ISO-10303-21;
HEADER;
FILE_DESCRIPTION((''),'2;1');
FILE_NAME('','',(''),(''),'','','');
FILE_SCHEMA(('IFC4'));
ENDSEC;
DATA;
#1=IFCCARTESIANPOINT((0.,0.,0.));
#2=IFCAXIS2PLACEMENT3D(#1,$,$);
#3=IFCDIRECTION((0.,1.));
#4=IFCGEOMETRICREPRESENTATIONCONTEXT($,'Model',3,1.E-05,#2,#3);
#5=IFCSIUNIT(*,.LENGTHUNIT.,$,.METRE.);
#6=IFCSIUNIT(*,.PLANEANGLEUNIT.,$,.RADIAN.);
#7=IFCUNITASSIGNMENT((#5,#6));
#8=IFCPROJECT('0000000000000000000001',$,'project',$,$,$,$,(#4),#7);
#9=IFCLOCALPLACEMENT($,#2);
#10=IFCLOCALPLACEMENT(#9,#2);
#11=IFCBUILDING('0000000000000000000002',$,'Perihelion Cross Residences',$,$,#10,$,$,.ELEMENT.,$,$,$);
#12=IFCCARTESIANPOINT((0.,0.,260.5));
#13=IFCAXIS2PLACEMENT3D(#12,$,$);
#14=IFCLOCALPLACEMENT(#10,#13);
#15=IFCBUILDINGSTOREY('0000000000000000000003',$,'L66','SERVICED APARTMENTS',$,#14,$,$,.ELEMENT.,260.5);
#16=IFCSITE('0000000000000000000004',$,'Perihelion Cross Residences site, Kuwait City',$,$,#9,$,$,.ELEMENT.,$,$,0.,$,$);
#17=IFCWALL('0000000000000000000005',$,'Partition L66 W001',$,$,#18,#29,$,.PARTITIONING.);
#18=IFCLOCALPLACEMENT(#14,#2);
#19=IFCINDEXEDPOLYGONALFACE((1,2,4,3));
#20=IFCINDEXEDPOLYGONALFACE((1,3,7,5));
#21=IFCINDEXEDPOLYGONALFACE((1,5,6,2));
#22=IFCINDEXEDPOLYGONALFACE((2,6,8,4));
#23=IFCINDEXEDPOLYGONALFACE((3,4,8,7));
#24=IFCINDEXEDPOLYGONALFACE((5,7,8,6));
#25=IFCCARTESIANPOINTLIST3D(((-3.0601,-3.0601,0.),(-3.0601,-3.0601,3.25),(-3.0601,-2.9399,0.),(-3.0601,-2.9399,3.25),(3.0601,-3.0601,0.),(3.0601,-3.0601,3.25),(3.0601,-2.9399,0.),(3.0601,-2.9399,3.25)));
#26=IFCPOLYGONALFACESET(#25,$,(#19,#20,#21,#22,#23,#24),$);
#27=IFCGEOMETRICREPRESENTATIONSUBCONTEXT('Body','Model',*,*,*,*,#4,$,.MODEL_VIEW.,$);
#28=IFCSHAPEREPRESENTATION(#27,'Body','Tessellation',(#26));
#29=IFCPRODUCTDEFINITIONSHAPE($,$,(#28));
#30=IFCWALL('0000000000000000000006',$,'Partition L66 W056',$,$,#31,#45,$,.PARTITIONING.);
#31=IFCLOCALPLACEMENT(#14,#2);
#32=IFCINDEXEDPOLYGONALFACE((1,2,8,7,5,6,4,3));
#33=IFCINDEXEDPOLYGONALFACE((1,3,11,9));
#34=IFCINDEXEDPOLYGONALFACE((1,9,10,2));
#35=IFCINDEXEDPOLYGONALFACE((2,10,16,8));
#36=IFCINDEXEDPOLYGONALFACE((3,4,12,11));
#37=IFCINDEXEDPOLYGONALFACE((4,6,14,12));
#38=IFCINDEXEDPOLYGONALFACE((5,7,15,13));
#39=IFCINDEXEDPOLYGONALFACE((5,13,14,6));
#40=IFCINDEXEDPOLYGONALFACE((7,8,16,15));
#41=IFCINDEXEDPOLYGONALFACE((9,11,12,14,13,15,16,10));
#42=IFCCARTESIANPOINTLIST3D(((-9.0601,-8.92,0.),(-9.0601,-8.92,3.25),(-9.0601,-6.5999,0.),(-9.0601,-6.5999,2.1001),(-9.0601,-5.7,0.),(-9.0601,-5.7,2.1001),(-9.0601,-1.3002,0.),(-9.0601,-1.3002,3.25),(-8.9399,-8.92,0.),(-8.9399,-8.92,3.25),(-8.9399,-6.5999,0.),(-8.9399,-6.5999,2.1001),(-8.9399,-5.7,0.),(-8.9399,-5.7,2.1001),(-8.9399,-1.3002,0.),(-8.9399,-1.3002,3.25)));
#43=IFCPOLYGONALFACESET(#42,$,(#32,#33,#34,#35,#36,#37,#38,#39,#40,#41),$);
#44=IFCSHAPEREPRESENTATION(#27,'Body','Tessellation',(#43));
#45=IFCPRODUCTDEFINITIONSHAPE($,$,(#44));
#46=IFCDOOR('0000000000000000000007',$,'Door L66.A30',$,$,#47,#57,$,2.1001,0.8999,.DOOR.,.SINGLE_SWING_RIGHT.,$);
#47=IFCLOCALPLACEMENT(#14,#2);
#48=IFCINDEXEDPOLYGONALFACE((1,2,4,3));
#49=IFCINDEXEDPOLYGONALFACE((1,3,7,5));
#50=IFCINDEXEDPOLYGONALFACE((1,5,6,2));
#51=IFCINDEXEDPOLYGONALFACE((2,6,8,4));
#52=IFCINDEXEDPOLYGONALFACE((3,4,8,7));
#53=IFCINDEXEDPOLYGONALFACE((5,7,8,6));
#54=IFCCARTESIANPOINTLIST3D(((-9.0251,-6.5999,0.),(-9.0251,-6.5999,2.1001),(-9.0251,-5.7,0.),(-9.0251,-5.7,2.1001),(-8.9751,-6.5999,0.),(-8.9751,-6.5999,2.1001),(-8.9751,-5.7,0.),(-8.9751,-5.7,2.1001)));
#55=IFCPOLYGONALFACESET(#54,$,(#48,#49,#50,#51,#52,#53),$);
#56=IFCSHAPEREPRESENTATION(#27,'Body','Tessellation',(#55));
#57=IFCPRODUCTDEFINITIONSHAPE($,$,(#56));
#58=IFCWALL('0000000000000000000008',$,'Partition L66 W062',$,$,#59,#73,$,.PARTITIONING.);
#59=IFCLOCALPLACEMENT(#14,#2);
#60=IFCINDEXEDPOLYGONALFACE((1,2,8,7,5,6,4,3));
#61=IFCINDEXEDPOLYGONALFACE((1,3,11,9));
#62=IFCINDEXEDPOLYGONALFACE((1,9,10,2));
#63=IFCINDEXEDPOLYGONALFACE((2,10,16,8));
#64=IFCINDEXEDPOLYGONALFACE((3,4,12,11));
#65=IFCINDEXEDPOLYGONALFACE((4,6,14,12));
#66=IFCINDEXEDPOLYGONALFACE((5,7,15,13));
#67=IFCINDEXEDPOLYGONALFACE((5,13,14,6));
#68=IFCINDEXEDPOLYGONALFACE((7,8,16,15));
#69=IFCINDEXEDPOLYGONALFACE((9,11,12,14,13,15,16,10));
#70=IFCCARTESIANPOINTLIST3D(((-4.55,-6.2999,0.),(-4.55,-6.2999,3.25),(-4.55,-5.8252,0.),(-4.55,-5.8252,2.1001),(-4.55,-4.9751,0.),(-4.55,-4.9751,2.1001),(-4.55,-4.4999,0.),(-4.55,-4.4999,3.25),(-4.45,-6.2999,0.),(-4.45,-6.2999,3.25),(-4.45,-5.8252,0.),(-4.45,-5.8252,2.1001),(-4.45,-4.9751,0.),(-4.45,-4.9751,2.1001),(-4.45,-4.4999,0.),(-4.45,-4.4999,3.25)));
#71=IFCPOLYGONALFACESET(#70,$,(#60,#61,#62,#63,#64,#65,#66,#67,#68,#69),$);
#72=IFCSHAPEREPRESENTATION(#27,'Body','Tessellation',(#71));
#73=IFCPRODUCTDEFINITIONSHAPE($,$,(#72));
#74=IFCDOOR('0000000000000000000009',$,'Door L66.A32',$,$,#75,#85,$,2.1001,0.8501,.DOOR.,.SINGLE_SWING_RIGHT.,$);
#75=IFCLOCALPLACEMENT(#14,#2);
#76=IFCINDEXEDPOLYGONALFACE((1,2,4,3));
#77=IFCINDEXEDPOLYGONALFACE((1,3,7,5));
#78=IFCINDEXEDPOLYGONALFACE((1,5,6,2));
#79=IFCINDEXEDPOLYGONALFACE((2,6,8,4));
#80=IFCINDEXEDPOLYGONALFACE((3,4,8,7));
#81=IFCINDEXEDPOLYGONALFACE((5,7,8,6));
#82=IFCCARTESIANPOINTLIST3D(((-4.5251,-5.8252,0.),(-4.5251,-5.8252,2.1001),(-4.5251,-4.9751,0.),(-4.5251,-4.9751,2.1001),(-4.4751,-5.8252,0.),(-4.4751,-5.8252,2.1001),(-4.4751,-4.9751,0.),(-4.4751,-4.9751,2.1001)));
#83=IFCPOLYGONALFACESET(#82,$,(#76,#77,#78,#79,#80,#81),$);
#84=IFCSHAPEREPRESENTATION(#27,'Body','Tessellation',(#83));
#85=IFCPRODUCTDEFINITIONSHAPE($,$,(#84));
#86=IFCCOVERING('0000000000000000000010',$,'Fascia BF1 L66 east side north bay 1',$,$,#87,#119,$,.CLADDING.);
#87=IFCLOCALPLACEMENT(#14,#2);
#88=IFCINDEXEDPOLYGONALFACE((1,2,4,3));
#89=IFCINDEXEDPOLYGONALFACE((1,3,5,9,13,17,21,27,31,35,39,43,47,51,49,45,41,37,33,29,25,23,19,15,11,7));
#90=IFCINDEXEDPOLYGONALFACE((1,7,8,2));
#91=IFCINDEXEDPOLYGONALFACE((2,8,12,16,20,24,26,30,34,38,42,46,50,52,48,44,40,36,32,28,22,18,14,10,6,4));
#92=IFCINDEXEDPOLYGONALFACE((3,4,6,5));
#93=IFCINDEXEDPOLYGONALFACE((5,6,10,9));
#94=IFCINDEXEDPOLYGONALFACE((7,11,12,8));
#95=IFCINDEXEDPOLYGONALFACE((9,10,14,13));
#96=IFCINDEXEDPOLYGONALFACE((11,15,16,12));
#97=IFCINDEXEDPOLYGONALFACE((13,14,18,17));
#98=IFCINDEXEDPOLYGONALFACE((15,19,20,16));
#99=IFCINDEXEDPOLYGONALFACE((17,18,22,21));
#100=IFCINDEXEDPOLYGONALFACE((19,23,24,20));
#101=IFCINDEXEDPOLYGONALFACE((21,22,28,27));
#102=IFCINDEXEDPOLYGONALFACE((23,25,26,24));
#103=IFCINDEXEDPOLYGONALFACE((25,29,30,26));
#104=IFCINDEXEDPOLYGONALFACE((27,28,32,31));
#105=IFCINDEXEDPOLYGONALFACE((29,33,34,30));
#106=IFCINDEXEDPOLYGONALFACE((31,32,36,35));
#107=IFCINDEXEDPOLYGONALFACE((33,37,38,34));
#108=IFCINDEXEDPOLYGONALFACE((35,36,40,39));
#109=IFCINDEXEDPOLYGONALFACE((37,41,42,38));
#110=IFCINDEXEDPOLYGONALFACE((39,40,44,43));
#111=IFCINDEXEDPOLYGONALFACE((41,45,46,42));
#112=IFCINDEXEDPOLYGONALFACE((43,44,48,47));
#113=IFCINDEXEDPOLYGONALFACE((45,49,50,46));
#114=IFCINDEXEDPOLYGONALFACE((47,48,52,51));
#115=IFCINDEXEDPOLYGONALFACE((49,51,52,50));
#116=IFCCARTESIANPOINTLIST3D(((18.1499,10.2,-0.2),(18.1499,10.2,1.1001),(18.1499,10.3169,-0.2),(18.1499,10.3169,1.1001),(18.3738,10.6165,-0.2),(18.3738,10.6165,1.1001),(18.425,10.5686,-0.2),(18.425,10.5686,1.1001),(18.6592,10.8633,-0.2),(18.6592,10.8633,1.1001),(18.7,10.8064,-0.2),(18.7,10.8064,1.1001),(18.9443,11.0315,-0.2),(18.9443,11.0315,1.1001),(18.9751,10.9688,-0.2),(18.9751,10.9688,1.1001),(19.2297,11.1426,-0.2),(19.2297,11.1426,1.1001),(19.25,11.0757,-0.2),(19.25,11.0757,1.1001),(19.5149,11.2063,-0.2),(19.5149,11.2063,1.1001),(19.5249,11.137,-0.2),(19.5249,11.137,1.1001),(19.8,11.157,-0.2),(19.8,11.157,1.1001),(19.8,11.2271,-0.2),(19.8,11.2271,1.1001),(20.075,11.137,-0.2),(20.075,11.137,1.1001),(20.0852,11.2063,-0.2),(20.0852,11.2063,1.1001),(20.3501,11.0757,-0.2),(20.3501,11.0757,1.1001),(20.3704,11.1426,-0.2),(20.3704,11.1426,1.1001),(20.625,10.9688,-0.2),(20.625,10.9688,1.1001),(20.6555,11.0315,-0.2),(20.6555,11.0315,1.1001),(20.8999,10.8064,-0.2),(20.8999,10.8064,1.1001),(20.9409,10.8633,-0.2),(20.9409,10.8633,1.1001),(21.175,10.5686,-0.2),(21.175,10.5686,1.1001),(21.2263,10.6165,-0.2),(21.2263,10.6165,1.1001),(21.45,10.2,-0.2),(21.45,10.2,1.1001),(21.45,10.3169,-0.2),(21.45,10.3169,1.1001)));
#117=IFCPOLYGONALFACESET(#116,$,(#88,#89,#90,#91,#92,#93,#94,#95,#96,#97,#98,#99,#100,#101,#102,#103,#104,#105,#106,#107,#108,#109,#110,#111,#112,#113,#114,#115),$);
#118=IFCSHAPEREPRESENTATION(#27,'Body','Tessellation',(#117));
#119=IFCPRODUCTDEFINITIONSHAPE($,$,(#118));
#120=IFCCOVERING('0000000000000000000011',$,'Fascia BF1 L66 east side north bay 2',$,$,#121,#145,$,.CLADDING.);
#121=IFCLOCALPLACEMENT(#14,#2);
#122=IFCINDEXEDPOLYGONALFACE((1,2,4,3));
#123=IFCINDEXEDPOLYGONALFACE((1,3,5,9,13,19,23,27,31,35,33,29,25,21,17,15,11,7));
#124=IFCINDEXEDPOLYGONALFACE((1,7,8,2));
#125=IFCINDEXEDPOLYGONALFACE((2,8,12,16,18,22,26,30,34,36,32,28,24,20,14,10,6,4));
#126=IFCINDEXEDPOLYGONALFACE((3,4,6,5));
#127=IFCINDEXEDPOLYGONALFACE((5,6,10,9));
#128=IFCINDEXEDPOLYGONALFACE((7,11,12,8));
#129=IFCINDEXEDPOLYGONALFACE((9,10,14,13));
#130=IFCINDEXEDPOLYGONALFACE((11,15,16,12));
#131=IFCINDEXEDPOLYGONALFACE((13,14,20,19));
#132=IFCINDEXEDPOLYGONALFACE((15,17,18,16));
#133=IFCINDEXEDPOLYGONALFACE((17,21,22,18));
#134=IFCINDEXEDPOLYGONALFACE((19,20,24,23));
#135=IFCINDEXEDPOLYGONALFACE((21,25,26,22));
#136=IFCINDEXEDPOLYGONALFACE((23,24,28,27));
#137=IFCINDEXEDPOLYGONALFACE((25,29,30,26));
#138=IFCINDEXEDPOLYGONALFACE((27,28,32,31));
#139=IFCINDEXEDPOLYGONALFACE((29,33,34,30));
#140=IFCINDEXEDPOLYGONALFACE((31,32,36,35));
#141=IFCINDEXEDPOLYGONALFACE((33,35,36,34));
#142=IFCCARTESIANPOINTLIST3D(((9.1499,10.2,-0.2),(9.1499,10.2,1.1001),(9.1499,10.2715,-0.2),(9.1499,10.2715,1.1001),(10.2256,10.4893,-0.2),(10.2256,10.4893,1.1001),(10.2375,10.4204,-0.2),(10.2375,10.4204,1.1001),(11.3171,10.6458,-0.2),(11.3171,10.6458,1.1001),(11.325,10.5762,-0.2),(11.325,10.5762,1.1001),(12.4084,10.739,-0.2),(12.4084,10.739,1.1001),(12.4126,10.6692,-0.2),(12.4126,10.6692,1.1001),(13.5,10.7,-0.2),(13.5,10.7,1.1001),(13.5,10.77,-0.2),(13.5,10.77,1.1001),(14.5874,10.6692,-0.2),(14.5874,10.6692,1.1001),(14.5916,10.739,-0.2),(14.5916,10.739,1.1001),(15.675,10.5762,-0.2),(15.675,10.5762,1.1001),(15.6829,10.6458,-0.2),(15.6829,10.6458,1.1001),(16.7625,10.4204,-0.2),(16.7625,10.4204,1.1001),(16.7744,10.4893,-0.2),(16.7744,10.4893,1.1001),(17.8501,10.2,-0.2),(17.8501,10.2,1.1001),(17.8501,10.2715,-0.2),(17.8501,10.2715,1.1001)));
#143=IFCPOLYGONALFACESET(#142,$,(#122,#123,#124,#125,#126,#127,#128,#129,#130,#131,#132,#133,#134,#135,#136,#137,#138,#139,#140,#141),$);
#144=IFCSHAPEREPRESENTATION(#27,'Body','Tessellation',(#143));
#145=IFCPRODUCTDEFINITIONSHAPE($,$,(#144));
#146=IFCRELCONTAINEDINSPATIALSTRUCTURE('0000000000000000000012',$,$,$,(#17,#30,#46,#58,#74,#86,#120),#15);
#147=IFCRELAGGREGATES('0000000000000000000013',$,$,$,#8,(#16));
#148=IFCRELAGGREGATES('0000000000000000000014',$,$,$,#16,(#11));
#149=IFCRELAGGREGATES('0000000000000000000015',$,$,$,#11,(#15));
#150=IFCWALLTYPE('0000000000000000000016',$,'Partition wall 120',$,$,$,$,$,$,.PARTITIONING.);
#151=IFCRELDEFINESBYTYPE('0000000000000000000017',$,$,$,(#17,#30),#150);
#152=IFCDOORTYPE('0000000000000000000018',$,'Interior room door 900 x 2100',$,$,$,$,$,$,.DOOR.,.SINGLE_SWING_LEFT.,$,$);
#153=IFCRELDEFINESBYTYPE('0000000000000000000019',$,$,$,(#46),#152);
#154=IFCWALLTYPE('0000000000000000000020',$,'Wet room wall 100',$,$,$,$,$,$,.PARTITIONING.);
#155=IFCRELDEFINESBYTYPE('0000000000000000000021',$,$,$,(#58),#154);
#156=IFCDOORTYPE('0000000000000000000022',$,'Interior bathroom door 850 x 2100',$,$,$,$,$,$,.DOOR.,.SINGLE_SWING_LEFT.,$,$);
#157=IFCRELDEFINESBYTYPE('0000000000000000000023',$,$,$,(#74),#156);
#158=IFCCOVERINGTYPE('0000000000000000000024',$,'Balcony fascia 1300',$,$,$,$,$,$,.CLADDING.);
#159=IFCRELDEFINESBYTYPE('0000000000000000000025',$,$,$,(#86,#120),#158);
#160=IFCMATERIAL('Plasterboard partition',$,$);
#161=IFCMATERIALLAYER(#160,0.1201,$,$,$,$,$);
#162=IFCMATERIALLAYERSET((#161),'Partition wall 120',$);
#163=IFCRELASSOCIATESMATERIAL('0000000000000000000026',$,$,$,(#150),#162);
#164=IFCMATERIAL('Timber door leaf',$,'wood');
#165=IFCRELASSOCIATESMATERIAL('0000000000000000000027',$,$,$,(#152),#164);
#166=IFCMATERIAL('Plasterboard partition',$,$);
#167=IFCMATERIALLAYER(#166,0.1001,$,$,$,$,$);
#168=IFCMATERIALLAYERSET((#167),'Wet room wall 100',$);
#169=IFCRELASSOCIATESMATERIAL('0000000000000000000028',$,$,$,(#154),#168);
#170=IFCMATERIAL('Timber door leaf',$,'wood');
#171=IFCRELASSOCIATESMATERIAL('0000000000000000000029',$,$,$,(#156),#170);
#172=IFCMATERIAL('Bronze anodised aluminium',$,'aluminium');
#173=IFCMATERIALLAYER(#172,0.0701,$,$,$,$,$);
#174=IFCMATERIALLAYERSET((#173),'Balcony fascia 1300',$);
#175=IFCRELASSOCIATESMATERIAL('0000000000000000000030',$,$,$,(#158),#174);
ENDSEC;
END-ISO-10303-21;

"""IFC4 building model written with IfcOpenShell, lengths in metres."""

from ifc_helpers import new_model, si_unit, direction, frame, frame_2d, origin, place, context, subcontext, project, spatial, polyline, rectangle, outline, extrude, material, layer, layer_set, type_object, element, fill, save


model = new_model("IFC4")

# Units and contexts
model_context = context("Model", 3, precision=1e-05, world=origin(), true_north=direction((0.0, 1.0)))
body_context = subcontext(model_context, "Body", "Model", "MODEL_VIEW")
ifc_project = project(units=[si_unit("LENGTHUNIT", "METRE"), si_unit("PLANEANGLEUNIT", "RADIAN")], contexts=[model_context])

# Site, building, storey
site_placement = place(None, origin())
site = spatial("IfcSite", under=ifc_project, at=site_placement, Name="Perihelion Cross Residences site, Kuwait City", CompositionType="ELEMENT", RefElevation=0.0)
building_placement = place(site_placement, origin())
building = spatial("IfcBuilding", under=site, at=building_placement, Name="Perihelion Cross Residences", CompositionType="ELEMENT")
storey_placement = place(building_placement, frame((0.0, 0.0, 260.5)))
storey = spatial("IfcBuildingStorey", under=building, at=storey_placement, Name="L66", Description="SERVICED APARTMENTS", CompositionType="ELEMENT", Elevation=260.5)

# Wall
ifc_material_1 = material(Name="Plasterboard partition")
ifc_layer_1 = layer(ifc_material_1, 0.1201)
ifc_layer_set_1 = layer_set([ifc_layer_1], Name="Partition wall 120")
wall_type_1 = type_object("IfcWallType", Name="Partition wall 120", PredefinedType="PARTITIONING", material=ifc_layer_set_1)
wall_1_placement = place(storey_placement, frame((-3.0601, -3.0, 0.0), z_axis=(0.0, 0.0, 1.0), x_axis=(1.0, 0.0, 0.0)))
element("IfcWall", 1, at=wall_1_placement, inside=storey, type_object=wall_type_1, Name="Partition L66 W001", PredefinedType="PARTITIONING", context=body_context, shape_type="SweptSolid", body=[
    extrude(rectangle(XDim=6.1201, YDim=0.1201, at=frame_2d((3.0601, 0.0))), origin(), (0.0, 0.0, 1.0), 3.25),
])

# Walls, openings, doors
wall_2_placement = place(storey_placement, frame((-9.0, -1.3, 0.0), z_axis=(0.0, 0.0, 1.0), x_axis=(0.0, -1.0, 0.0)))
wall_2 = element("IfcWall", 2, at=wall_2_placement, inside=storey, type_object=wall_type_1, Name="Partition L66 W056", PredefinedType="PARTITIONING", context=body_context, shape_type="SweptSolid", body=[
    extrude(rectangle(XDim=7.6199, YDim=0.1201, at=frame_2d((3.8101, 0.0))), origin(), (0.0, 0.0, 1.0), 3.25),
])
opening_1_placement = place(wall_2_placement, frame((4.3999, 0.0, 0.0)))
opening_1 = element("IfcOpeningElement", 3, at=opening_1_placement, cuts=wall_2, PredefinedType="OPENING", context=body_context, shape_type="SweptSolid", body=[
    extrude(rectangle(XDim=0.8999, YDim=2.1001, at=frame_2d((0.45, 1.05))), frame((0.0, 0.0701, 0.0), z_axis=(0.0, -1.0, 0.0), x_axis=(1.0, 0.0, 0.0)), (0.0, 0.0, 1.0), 0.1401),
])
ifc_material_2 = material(Name="Timber door leaf", Category="wood")
door_type_1 = type_object("IfcDoorType", Name="Interior room door 900 x 2100", OperationType="SINGLE_SWING_LEFT", PredefinedType="DOOR", material=ifc_material_2)
door_1_placement = place(opening_1_placement, origin())
door_1 = element("IfcDoor", 4, at=door_1_placement, inside=storey, type_object=door_type_1, Name="Door L66.A30", OperationType="SINGLE_SWING_RIGHT", OverallHeight=2.1001, OverallWidth=0.8999, PredefinedType="DOOR", context=body_context, shape_type="SweptSolid", body=[
    extrude(rectangle(XDim=0.8999, YDim=2.1001, at=frame_2d((0.45, 1.05))), frame((0.0, 0.0249, 0.0), z_axis=(0.0, -1.0, 0.0), x_axis=(1.0, 0.0, 0.0)), (0.0, 0.0, 1.0), 0.05),
])
fill(opening_1, door_1)
ifc_material_3 = material(Name="Plasterboard partition")
ifc_layer_2 = layer(ifc_material_3, 0.1001)
ifc_layer_set_2 = layer_set([ifc_layer_2], Name="Wet room wall 100")
wall_type_2 = type_object("IfcWallType", Name="Wet room wall 100", PredefinedType="PARTITIONING", material=ifc_layer_set_2)
wall_3_placement = place(storey_placement, frame((-4.5, -4.5, 0.0), z_axis=(0.0, 0.0, 1.0), x_axis=(0.0, -1.0, 0.0)))
wall_3 = element("IfcWall", 5, at=wall_3_placement, inside=storey, type_object=wall_type_2, Name="Partition L66 W062", PredefinedType="PARTITIONING", context=body_context, shape_type="SweptSolid", body=[
    extrude(rectangle(XDim=1.8, YDim=0.1001, at=frame_2d((0.8999, 0.0))), origin(), (0.0, 0.0, 1.0), 3.25),
])
opening_2_placement = place(wall_3_placement, frame((0.4751, 0.0, 0.0)))
opening_2 = element("IfcOpeningElement", 6, at=opening_2_placement, cuts=wall_3, PredefinedType="OPENING", context=body_context, shape_type="SweptSolid", body=[
    extrude(rectangle(XDim=0.8501, YDim=2.1001, at=frame_2d((0.425, 1.05))), frame((0.0, 0.0601, 0.0), z_axis=(0.0, -1.0, 0.0), x_axis=(1.0, 0.0, 0.0)), (0.0, 0.0, 1.0), 0.1201),
])
ifc_material_4 = material(Name="Timber door leaf", Category="wood")
door_type_2 = type_object("IfcDoorType", Name="Interior bathroom door 850 x 2100", OperationType="SINGLE_SWING_LEFT", PredefinedType="DOOR", material=ifc_material_4)
door_2_placement = place(opening_2_placement, origin())
door_2 = element("IfcDoor", 7, at=door_2_placement, inside=storey, type_object=door_type_2, Name="Door L66.A32", OperationType="SINGLE_SWING_RIGHT", OverallHeight=2.1001, OverallWidth=0.8501, PredefinedType="DOOR", context=body_context, shape_type="SweptSolid", body=[
    extrude(rectangle(XDim=0.8501, YDim=2.1001, at=frame_2d((0.425, 1.05))), frame((0.0, 0.0249, 0.0), z_axis=(0.0, -1.0, 0.0), x_axis=(1.0, 0.0, 0.0)), (0.0, 0.0, 1.0), 0.05),
])
fill(opening_2, door_2)

# Coverings
ifc_material_5 = material(Name="Bronze anodised aluminium", Category="aluminium")
ifc_layer_3 = layer(ifc_material_5, 0.0701)
ifc_layer_set_3 = layer_set([ifc_layer_3], Name="Balcony fascia 1300")
covering_type = type_object("IfcCoveringType", Name="Balcony fascia 1300", PredefinedType="CLADDING", material=ifc_layer_set_3)
covering_1_placement = place(storey_placement, frame((0.0, 0.0, -0.2)))
element("IfcCovering", 8, at=covering_1_placement, inside=storey, type_object=covering_type, Name="Fascia BF1 L66 east side north bay 1", PredefinedType="CLADDING", context=body_context, shape_type="SweptSolid", body=[
    extrude(outline(polyline([(21.2263, 10.6165), (20.9409, 10.8633), (20.6555, 11.0315), (20.3704, 11.1426), (20.0852, 11.2063), (19.8, 11.2271), (19.5149, 11.2063), (19.2297, 11.1426), (18.9443, 11.0315), (18.6592, 10.8633), (18.3738, 10.6165), (18.1499, 10.3169), (18.1499, 10.2), (18.425, 10.5686), (18.7, 10.8064), (18.9751, 10.9688), (19.25, 11.0757), (19.5249, 11.137), (19.8, 11.157), (20.075, 11.137), (20.3501, 11.0757), (20.625, 10.9688), (20.8999, 10.8064), (21.175, 10.5686), (21.45, 10.2), (21.45, 10.3169), (21.2263, 10.6165)])), origin(), (0.0, 0.0, 1.0), 1.3),
])
covering_2_placement = place(storey_placement, frame((0.0, 0.0, -0.2)))
element("IfcCovering", 9, at=covering_2_placement, inside=storey, type_object=covering_type, Name="Fascia BF1 L66 east side north bay 2", PredefinedType="CLADDING", context=body_context, shape_type="SweptSolid", body=[
    extrude(outline(polyline([(16.7744, 10.4893), (15.6829, 10.6458), (14.5916, 10.739), (13.5, 10.77), (12.4084, 10.739), (11.3171, 10.6458), (10.2256, 10.4893), (9.1499, 10.2715), (9.1499, 10.2), (10.2375, 10.4204), (11.325, 10.5762), (12.4126, 10.6692), (13.5, 10.7), (14.5874, 10.6692), (15.675, 10.5762), (16.7625, 10.4204), (17.8501, 10.2), (17.8501, 10.2715), (16.7744, 10.4893)])), origin(), (0.0, 0.0, 1.0), 1.3),
])

save(model, "model.ifc")
